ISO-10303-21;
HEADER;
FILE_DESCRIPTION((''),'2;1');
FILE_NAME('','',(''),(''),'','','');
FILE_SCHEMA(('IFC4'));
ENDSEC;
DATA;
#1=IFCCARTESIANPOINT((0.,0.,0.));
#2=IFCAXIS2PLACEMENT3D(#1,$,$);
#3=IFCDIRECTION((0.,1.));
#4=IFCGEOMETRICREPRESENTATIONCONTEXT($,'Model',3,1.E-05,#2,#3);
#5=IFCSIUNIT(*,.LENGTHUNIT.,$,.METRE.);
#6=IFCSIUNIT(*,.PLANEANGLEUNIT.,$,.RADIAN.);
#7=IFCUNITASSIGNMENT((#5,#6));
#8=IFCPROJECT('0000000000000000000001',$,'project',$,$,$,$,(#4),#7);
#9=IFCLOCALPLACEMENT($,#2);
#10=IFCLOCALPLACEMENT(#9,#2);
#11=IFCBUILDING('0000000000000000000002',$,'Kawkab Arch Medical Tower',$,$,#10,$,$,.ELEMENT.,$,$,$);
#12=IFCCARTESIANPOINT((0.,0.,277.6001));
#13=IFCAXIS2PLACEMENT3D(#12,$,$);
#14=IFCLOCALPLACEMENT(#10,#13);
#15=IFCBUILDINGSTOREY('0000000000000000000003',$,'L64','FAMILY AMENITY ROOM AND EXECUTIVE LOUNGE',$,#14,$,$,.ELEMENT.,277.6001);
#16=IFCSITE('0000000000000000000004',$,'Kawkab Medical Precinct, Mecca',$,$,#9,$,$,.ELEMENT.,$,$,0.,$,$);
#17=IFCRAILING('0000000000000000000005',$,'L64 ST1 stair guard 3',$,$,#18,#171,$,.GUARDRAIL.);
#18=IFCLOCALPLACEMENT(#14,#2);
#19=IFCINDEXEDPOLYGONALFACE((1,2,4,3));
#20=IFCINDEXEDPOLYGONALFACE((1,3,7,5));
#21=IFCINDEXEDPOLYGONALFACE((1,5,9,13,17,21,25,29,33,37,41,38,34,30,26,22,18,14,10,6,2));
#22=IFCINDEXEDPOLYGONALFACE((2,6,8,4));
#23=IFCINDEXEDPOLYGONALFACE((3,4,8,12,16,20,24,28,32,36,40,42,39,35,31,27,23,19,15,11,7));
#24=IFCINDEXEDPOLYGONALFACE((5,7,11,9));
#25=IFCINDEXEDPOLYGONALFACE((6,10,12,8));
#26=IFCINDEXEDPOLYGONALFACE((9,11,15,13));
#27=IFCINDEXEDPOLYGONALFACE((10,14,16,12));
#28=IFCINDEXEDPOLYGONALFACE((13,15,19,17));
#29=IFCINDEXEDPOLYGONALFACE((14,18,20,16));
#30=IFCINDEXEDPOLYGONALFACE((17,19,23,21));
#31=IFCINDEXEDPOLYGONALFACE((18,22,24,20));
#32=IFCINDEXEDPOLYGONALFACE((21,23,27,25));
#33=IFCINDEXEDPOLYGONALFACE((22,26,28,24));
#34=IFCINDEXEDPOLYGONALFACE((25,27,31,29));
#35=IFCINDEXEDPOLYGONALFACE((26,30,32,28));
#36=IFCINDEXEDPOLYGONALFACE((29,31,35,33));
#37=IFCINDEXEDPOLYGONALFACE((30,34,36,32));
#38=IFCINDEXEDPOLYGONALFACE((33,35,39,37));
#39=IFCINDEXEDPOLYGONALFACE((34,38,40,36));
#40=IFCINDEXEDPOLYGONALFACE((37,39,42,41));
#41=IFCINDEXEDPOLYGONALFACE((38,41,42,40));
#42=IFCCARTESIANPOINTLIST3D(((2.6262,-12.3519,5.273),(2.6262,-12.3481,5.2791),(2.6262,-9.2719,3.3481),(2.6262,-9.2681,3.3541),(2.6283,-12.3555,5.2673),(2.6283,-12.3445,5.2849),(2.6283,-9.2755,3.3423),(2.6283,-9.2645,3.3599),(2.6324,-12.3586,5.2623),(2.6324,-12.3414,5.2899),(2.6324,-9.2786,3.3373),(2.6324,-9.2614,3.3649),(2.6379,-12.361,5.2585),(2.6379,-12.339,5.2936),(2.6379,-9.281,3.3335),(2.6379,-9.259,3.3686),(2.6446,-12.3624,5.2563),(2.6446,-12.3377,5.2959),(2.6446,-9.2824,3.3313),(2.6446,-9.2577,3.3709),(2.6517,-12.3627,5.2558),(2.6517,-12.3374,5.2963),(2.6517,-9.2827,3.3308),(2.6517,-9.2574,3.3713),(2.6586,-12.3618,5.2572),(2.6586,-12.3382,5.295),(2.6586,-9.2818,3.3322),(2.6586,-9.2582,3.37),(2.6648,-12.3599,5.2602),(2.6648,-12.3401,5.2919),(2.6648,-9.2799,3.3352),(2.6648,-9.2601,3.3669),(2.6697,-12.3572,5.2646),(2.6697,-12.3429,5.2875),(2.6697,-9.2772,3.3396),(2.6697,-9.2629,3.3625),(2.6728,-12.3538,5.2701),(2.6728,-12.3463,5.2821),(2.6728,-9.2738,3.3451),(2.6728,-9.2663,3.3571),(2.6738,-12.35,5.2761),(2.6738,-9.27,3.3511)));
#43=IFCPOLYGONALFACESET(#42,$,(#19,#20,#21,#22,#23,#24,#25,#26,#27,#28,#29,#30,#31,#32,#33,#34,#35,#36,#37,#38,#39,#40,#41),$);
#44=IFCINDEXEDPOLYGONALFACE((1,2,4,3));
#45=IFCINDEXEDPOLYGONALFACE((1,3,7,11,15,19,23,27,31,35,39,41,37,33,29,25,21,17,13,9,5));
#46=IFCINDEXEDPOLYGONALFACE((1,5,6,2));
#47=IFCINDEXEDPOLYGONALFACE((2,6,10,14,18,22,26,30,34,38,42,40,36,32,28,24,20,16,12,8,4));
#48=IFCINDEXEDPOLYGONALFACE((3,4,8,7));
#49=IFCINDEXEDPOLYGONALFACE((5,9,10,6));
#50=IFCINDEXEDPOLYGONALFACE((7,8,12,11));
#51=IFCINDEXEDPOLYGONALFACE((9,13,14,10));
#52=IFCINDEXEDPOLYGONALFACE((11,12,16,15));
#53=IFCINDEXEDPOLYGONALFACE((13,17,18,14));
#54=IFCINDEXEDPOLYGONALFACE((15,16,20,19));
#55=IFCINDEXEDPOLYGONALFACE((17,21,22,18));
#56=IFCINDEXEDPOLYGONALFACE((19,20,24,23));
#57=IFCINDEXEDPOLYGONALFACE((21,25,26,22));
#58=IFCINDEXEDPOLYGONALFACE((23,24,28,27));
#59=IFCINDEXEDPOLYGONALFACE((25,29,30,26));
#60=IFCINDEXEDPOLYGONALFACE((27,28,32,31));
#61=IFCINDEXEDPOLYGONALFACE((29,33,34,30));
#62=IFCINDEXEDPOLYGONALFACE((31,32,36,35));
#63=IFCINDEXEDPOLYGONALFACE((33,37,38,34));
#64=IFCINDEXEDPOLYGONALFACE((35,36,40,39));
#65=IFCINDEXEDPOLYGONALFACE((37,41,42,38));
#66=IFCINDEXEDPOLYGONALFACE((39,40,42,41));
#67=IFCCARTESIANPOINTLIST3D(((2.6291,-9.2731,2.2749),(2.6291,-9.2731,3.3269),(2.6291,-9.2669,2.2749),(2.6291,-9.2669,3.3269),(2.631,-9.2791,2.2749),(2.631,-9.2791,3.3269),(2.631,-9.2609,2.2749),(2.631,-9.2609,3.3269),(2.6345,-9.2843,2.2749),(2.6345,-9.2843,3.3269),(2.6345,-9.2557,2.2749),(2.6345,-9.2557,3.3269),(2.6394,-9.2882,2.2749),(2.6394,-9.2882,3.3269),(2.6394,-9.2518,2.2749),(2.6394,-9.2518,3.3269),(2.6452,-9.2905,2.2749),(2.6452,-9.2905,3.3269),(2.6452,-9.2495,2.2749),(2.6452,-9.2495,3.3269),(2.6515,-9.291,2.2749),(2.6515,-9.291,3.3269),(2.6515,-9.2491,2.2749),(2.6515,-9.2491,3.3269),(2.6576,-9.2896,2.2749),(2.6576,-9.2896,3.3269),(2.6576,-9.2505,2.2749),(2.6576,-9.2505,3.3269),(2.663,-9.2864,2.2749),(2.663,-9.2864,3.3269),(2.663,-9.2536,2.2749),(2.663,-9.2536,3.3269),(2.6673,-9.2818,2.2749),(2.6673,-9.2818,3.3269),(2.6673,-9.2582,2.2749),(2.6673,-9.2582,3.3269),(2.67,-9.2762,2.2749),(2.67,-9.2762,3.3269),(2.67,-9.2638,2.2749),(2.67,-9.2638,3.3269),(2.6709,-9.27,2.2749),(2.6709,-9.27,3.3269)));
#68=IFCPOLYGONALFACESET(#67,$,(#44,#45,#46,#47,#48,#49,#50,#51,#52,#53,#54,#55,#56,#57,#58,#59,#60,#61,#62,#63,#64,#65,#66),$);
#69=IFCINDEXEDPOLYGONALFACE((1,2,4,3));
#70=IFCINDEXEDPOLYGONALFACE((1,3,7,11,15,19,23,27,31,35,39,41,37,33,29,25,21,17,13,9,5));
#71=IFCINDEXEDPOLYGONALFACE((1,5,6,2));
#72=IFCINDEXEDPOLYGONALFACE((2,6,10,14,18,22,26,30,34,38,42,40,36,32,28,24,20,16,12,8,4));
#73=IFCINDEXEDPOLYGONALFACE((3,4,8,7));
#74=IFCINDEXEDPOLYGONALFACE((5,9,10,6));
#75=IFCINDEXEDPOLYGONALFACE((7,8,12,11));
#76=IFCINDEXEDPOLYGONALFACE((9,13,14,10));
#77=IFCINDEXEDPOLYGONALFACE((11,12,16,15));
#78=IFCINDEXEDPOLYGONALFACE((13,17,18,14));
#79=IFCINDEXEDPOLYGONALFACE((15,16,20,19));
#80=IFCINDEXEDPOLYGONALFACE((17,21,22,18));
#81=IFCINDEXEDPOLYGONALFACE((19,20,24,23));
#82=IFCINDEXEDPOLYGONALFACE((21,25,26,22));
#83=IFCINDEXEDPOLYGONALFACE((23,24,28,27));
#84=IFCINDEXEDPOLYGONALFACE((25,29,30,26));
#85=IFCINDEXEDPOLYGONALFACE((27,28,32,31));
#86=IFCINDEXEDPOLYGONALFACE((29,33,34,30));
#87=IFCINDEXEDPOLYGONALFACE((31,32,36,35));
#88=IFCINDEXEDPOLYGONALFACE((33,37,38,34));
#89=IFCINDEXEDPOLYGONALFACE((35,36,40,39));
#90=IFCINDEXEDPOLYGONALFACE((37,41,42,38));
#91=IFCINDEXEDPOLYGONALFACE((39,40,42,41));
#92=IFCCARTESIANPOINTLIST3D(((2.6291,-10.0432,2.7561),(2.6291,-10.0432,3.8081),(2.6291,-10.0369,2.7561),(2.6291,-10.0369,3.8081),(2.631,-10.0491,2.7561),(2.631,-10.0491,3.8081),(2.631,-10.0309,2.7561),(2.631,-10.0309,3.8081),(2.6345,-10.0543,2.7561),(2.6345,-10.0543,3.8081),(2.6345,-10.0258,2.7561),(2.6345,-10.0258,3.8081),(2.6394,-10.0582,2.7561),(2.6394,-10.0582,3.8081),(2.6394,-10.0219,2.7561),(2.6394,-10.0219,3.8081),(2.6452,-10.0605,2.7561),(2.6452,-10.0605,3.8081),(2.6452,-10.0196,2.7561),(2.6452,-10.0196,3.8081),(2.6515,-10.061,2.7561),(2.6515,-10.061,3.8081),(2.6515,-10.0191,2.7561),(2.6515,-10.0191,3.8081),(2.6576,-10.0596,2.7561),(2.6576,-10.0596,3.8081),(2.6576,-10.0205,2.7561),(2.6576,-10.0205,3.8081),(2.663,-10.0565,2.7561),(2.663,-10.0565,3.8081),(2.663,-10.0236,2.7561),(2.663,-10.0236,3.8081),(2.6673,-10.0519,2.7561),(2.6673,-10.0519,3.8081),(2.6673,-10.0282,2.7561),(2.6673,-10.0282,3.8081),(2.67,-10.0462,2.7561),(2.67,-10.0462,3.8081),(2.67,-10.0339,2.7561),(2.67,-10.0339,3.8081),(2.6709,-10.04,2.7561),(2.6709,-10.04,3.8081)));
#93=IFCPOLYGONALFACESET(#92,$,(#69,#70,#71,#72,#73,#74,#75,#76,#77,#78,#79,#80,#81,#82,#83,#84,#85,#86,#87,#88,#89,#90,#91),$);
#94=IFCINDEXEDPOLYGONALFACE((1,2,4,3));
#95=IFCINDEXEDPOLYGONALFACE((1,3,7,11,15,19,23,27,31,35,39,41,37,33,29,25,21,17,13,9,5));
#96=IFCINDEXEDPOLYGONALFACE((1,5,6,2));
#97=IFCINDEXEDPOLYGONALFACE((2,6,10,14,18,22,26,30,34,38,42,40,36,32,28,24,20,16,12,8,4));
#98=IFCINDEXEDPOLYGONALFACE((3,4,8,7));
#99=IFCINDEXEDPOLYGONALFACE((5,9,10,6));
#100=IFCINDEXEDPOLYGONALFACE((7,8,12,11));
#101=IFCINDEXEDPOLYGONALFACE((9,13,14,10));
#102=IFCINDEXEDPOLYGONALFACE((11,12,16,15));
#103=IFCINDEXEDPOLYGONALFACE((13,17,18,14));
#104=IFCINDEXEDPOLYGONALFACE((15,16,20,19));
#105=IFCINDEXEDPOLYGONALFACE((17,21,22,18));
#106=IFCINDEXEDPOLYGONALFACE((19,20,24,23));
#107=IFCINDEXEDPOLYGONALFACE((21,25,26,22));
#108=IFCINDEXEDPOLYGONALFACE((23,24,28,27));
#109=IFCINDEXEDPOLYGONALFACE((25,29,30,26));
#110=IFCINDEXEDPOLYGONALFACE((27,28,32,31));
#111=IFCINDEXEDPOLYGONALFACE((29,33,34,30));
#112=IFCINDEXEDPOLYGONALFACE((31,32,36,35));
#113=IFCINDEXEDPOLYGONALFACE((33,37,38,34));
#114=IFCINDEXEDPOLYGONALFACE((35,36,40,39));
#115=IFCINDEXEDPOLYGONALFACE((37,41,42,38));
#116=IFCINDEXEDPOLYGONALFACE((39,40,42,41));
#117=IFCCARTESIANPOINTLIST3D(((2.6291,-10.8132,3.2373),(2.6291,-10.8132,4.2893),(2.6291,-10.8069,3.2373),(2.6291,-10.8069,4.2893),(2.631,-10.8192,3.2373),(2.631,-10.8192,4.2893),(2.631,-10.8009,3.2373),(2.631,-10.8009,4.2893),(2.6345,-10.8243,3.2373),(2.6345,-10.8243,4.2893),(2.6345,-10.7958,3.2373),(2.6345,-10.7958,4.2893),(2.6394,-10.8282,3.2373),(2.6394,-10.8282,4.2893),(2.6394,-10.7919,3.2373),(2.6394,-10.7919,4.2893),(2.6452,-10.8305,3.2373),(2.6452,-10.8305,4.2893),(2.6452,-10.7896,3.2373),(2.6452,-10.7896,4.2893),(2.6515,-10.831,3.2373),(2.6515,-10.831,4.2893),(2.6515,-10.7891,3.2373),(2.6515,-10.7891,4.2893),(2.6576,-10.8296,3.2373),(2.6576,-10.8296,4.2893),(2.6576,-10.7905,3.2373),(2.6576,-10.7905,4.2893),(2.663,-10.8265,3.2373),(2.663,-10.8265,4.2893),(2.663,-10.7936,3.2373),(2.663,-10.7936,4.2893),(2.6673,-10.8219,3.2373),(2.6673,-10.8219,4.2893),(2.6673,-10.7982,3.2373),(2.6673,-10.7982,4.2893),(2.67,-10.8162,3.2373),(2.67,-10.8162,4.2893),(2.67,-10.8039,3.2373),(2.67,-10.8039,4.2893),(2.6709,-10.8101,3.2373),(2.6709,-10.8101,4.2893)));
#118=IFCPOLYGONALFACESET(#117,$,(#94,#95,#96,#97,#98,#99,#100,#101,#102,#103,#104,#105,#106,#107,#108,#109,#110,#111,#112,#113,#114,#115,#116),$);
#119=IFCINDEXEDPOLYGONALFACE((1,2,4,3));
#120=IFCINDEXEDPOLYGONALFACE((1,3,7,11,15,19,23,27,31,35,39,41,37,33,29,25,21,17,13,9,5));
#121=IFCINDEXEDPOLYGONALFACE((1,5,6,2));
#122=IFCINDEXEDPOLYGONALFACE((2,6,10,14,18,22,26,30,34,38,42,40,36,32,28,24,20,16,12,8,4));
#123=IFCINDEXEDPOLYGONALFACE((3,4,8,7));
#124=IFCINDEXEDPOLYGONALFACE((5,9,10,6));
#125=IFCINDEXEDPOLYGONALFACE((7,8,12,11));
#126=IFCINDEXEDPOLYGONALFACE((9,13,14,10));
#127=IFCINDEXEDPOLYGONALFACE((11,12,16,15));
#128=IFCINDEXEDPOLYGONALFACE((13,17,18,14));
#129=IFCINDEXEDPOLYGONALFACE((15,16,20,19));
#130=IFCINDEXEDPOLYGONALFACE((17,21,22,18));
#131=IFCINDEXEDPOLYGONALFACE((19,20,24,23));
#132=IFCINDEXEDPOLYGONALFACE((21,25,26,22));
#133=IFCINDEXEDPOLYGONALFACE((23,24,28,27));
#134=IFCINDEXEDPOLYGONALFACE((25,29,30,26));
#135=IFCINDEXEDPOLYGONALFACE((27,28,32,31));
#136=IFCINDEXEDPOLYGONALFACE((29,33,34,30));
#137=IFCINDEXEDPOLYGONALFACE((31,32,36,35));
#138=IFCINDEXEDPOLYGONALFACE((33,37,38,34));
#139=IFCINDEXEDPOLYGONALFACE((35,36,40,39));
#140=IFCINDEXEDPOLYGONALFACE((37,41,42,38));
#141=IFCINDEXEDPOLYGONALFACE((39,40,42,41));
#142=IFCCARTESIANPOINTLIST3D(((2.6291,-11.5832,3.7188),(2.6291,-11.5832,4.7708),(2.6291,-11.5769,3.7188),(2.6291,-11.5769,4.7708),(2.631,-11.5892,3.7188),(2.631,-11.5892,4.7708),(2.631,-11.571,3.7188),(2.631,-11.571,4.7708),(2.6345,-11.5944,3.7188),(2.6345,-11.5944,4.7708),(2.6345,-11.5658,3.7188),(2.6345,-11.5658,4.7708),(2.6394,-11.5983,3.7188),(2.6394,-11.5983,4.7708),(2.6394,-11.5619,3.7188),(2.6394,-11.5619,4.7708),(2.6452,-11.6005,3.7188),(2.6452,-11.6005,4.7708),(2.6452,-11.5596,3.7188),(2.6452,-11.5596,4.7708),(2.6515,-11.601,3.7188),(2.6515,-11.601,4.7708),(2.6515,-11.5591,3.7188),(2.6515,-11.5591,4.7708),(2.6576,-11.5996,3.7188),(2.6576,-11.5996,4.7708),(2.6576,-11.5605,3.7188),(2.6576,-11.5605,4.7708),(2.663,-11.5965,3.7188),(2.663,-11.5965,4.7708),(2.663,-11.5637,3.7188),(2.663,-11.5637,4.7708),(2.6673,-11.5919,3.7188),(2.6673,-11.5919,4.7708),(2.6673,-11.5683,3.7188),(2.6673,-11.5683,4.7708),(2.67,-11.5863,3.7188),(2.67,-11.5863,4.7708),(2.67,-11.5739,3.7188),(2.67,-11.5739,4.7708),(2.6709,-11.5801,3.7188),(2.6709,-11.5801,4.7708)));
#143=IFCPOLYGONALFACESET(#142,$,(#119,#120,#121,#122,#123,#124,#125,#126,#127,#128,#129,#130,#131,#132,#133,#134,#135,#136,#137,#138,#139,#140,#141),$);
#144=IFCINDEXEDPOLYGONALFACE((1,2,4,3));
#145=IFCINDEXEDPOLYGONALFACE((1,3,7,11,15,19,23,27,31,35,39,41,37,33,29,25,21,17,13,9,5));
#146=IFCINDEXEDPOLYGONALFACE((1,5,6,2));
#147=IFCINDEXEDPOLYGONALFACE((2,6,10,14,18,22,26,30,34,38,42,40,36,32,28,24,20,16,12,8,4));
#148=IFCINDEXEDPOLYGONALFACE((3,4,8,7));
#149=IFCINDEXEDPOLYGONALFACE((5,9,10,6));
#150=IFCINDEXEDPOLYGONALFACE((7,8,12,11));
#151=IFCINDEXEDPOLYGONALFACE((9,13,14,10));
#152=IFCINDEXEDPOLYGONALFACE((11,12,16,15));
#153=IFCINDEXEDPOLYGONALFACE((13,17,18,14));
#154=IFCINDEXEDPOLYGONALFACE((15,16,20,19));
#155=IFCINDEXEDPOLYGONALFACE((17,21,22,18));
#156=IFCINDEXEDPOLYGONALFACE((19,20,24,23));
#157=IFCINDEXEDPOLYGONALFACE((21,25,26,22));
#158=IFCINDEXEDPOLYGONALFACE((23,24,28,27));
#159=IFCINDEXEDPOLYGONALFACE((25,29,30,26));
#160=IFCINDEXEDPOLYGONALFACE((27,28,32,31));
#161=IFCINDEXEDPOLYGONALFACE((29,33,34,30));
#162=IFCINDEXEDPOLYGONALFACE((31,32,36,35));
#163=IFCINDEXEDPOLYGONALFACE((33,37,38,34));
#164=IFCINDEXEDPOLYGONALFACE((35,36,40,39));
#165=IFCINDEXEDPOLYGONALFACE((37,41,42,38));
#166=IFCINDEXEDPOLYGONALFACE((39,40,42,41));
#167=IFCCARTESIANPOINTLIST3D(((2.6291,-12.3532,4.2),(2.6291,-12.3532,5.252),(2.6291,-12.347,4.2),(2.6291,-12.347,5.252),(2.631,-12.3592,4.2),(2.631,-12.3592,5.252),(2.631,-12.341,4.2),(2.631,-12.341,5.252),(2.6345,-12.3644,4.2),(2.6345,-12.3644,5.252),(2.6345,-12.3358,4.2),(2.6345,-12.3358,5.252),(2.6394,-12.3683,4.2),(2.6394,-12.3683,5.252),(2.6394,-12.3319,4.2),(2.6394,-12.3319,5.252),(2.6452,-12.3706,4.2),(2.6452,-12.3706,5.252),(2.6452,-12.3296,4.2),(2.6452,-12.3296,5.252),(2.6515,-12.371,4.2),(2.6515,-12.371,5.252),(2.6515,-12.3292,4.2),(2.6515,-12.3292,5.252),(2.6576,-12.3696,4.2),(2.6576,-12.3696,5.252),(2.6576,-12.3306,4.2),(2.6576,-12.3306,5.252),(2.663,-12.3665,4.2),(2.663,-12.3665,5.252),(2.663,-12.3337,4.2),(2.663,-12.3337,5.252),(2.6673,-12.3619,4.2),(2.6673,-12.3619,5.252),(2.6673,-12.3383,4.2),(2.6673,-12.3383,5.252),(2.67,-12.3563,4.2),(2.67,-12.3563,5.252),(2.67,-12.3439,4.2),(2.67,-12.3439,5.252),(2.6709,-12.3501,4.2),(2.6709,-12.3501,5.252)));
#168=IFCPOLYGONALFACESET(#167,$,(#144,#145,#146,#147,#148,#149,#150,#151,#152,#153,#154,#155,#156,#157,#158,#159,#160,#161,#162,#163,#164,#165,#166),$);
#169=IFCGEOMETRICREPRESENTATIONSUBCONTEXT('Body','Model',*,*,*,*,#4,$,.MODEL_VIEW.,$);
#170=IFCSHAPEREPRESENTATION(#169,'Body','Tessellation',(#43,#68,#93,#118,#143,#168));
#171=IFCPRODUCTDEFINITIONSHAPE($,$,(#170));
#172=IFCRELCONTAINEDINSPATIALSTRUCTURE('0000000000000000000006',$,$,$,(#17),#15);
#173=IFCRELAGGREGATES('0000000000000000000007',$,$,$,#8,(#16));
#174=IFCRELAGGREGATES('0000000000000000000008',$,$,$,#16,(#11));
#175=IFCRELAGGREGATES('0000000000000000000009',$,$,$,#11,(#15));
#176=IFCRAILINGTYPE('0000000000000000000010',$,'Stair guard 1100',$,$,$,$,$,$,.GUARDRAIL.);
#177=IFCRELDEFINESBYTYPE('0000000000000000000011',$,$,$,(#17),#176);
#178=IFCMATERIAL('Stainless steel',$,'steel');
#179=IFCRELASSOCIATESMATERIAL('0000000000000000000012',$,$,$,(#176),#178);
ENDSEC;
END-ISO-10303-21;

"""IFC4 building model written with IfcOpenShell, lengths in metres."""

from ifc_helpers import new_model, si_unit, direction, frame, origin, origin_2d, place, context, subcontext, project, spatial, circle, extrude, material, type_object, element, save


model = new_model("IFC4")

# Units and contexts
model_context = context("Model", 3, precision=1e-05, world=origin(), true_north=direction((0.0, 1.0)))
body_context = subcontext(model_context, "Body", "Model", "MODEL_VIEW")
ifc_project = project(units=[si_unit("LENGTHUNIT", "METRE"), si_unit("PLANEANGLEUNIT", "RADIAN")], contexts=[model_context])

# Site, building, storey
site_placement = place(None, origin())
site = spatial("IfcSite", under=ifc_project, at=site_placement, Name="Kawkab Medical Precinct, Mecca", CompositionType="ELEMENT", RefElevation=0.0)
building_placement = place(site_placement, origin())
building = spatial("IfcBuilding", under=site, at=building_placement, Name="Kawkab Arch Medical Tower", CompositionType="ELEMENT")
storey_placement = place(building_placement, frame((0.0, 0.0, 277.6001)))
storey = spatial("IfcBuildingStorey", under=building, at=storey_placement, Name="L64", Description="FAMILY AMENITY ROOM AND EXECUTIVE LOUNGE", CompositionType="ELEMENT", Elevation=277.6001)

# Railing
ifc_material_1 = material(Name="Stainless steel", Category="steel")
railing_type = type_object("IfcRailingType", Name="Stair guard 1100", PredefinedType="GUARDRAIL", material=ifc_material_1)
railing_1_placement = place(storey_placement, frame((2.6499, -9.27, 2.2749)))
element("IfcRailing", 1, at=railing_1_placement, inside=storey, type_object=railing_type, Name="L64 ST1 stair guard 3", PredefinedType="GUARDRAIL", context=body_context, shape_type="SweptSolid", body=[
    extrude(circle(Radius=0.0239, at=origin_2d()), frame((0.0, 0.0, 1.0762), z_axis=(0.0, -0.847998, 0.529999), x_axis=(1.0, 0.0, 0.0)), (0.0, 0.0, 1.0), 3.6321),
    extrude(circle(Radius=0.021, at=origin_2d()), origin(), (0.0, 0.0, 1.0), 1.052),
    extrude(circle(Radius=0.021, at=origin_2d()), frame((0.0, -0.77, 0.4812)), (0.0, 0.0, 1.0), 1.052),
    extrude(circle(Radius=0.021, at=origin_2d()), frame((0.0, -1.54, 0.9624)), (0.0, 0.0, 1.0), 1.052),
    extrude(circle(Radius=0.021, at=origin_2d()), frame((0.0, -2.3101, 1.4438)), (0.0, 0.0, 1.0), 1.052),
    extrude(circle(Radius=0.021, at=origin_2d()), frame((0.0, -3.0801, 1.925)), (0.0, 0.0, 1.0), 1.052),
])

save(model, "model.ifc")
